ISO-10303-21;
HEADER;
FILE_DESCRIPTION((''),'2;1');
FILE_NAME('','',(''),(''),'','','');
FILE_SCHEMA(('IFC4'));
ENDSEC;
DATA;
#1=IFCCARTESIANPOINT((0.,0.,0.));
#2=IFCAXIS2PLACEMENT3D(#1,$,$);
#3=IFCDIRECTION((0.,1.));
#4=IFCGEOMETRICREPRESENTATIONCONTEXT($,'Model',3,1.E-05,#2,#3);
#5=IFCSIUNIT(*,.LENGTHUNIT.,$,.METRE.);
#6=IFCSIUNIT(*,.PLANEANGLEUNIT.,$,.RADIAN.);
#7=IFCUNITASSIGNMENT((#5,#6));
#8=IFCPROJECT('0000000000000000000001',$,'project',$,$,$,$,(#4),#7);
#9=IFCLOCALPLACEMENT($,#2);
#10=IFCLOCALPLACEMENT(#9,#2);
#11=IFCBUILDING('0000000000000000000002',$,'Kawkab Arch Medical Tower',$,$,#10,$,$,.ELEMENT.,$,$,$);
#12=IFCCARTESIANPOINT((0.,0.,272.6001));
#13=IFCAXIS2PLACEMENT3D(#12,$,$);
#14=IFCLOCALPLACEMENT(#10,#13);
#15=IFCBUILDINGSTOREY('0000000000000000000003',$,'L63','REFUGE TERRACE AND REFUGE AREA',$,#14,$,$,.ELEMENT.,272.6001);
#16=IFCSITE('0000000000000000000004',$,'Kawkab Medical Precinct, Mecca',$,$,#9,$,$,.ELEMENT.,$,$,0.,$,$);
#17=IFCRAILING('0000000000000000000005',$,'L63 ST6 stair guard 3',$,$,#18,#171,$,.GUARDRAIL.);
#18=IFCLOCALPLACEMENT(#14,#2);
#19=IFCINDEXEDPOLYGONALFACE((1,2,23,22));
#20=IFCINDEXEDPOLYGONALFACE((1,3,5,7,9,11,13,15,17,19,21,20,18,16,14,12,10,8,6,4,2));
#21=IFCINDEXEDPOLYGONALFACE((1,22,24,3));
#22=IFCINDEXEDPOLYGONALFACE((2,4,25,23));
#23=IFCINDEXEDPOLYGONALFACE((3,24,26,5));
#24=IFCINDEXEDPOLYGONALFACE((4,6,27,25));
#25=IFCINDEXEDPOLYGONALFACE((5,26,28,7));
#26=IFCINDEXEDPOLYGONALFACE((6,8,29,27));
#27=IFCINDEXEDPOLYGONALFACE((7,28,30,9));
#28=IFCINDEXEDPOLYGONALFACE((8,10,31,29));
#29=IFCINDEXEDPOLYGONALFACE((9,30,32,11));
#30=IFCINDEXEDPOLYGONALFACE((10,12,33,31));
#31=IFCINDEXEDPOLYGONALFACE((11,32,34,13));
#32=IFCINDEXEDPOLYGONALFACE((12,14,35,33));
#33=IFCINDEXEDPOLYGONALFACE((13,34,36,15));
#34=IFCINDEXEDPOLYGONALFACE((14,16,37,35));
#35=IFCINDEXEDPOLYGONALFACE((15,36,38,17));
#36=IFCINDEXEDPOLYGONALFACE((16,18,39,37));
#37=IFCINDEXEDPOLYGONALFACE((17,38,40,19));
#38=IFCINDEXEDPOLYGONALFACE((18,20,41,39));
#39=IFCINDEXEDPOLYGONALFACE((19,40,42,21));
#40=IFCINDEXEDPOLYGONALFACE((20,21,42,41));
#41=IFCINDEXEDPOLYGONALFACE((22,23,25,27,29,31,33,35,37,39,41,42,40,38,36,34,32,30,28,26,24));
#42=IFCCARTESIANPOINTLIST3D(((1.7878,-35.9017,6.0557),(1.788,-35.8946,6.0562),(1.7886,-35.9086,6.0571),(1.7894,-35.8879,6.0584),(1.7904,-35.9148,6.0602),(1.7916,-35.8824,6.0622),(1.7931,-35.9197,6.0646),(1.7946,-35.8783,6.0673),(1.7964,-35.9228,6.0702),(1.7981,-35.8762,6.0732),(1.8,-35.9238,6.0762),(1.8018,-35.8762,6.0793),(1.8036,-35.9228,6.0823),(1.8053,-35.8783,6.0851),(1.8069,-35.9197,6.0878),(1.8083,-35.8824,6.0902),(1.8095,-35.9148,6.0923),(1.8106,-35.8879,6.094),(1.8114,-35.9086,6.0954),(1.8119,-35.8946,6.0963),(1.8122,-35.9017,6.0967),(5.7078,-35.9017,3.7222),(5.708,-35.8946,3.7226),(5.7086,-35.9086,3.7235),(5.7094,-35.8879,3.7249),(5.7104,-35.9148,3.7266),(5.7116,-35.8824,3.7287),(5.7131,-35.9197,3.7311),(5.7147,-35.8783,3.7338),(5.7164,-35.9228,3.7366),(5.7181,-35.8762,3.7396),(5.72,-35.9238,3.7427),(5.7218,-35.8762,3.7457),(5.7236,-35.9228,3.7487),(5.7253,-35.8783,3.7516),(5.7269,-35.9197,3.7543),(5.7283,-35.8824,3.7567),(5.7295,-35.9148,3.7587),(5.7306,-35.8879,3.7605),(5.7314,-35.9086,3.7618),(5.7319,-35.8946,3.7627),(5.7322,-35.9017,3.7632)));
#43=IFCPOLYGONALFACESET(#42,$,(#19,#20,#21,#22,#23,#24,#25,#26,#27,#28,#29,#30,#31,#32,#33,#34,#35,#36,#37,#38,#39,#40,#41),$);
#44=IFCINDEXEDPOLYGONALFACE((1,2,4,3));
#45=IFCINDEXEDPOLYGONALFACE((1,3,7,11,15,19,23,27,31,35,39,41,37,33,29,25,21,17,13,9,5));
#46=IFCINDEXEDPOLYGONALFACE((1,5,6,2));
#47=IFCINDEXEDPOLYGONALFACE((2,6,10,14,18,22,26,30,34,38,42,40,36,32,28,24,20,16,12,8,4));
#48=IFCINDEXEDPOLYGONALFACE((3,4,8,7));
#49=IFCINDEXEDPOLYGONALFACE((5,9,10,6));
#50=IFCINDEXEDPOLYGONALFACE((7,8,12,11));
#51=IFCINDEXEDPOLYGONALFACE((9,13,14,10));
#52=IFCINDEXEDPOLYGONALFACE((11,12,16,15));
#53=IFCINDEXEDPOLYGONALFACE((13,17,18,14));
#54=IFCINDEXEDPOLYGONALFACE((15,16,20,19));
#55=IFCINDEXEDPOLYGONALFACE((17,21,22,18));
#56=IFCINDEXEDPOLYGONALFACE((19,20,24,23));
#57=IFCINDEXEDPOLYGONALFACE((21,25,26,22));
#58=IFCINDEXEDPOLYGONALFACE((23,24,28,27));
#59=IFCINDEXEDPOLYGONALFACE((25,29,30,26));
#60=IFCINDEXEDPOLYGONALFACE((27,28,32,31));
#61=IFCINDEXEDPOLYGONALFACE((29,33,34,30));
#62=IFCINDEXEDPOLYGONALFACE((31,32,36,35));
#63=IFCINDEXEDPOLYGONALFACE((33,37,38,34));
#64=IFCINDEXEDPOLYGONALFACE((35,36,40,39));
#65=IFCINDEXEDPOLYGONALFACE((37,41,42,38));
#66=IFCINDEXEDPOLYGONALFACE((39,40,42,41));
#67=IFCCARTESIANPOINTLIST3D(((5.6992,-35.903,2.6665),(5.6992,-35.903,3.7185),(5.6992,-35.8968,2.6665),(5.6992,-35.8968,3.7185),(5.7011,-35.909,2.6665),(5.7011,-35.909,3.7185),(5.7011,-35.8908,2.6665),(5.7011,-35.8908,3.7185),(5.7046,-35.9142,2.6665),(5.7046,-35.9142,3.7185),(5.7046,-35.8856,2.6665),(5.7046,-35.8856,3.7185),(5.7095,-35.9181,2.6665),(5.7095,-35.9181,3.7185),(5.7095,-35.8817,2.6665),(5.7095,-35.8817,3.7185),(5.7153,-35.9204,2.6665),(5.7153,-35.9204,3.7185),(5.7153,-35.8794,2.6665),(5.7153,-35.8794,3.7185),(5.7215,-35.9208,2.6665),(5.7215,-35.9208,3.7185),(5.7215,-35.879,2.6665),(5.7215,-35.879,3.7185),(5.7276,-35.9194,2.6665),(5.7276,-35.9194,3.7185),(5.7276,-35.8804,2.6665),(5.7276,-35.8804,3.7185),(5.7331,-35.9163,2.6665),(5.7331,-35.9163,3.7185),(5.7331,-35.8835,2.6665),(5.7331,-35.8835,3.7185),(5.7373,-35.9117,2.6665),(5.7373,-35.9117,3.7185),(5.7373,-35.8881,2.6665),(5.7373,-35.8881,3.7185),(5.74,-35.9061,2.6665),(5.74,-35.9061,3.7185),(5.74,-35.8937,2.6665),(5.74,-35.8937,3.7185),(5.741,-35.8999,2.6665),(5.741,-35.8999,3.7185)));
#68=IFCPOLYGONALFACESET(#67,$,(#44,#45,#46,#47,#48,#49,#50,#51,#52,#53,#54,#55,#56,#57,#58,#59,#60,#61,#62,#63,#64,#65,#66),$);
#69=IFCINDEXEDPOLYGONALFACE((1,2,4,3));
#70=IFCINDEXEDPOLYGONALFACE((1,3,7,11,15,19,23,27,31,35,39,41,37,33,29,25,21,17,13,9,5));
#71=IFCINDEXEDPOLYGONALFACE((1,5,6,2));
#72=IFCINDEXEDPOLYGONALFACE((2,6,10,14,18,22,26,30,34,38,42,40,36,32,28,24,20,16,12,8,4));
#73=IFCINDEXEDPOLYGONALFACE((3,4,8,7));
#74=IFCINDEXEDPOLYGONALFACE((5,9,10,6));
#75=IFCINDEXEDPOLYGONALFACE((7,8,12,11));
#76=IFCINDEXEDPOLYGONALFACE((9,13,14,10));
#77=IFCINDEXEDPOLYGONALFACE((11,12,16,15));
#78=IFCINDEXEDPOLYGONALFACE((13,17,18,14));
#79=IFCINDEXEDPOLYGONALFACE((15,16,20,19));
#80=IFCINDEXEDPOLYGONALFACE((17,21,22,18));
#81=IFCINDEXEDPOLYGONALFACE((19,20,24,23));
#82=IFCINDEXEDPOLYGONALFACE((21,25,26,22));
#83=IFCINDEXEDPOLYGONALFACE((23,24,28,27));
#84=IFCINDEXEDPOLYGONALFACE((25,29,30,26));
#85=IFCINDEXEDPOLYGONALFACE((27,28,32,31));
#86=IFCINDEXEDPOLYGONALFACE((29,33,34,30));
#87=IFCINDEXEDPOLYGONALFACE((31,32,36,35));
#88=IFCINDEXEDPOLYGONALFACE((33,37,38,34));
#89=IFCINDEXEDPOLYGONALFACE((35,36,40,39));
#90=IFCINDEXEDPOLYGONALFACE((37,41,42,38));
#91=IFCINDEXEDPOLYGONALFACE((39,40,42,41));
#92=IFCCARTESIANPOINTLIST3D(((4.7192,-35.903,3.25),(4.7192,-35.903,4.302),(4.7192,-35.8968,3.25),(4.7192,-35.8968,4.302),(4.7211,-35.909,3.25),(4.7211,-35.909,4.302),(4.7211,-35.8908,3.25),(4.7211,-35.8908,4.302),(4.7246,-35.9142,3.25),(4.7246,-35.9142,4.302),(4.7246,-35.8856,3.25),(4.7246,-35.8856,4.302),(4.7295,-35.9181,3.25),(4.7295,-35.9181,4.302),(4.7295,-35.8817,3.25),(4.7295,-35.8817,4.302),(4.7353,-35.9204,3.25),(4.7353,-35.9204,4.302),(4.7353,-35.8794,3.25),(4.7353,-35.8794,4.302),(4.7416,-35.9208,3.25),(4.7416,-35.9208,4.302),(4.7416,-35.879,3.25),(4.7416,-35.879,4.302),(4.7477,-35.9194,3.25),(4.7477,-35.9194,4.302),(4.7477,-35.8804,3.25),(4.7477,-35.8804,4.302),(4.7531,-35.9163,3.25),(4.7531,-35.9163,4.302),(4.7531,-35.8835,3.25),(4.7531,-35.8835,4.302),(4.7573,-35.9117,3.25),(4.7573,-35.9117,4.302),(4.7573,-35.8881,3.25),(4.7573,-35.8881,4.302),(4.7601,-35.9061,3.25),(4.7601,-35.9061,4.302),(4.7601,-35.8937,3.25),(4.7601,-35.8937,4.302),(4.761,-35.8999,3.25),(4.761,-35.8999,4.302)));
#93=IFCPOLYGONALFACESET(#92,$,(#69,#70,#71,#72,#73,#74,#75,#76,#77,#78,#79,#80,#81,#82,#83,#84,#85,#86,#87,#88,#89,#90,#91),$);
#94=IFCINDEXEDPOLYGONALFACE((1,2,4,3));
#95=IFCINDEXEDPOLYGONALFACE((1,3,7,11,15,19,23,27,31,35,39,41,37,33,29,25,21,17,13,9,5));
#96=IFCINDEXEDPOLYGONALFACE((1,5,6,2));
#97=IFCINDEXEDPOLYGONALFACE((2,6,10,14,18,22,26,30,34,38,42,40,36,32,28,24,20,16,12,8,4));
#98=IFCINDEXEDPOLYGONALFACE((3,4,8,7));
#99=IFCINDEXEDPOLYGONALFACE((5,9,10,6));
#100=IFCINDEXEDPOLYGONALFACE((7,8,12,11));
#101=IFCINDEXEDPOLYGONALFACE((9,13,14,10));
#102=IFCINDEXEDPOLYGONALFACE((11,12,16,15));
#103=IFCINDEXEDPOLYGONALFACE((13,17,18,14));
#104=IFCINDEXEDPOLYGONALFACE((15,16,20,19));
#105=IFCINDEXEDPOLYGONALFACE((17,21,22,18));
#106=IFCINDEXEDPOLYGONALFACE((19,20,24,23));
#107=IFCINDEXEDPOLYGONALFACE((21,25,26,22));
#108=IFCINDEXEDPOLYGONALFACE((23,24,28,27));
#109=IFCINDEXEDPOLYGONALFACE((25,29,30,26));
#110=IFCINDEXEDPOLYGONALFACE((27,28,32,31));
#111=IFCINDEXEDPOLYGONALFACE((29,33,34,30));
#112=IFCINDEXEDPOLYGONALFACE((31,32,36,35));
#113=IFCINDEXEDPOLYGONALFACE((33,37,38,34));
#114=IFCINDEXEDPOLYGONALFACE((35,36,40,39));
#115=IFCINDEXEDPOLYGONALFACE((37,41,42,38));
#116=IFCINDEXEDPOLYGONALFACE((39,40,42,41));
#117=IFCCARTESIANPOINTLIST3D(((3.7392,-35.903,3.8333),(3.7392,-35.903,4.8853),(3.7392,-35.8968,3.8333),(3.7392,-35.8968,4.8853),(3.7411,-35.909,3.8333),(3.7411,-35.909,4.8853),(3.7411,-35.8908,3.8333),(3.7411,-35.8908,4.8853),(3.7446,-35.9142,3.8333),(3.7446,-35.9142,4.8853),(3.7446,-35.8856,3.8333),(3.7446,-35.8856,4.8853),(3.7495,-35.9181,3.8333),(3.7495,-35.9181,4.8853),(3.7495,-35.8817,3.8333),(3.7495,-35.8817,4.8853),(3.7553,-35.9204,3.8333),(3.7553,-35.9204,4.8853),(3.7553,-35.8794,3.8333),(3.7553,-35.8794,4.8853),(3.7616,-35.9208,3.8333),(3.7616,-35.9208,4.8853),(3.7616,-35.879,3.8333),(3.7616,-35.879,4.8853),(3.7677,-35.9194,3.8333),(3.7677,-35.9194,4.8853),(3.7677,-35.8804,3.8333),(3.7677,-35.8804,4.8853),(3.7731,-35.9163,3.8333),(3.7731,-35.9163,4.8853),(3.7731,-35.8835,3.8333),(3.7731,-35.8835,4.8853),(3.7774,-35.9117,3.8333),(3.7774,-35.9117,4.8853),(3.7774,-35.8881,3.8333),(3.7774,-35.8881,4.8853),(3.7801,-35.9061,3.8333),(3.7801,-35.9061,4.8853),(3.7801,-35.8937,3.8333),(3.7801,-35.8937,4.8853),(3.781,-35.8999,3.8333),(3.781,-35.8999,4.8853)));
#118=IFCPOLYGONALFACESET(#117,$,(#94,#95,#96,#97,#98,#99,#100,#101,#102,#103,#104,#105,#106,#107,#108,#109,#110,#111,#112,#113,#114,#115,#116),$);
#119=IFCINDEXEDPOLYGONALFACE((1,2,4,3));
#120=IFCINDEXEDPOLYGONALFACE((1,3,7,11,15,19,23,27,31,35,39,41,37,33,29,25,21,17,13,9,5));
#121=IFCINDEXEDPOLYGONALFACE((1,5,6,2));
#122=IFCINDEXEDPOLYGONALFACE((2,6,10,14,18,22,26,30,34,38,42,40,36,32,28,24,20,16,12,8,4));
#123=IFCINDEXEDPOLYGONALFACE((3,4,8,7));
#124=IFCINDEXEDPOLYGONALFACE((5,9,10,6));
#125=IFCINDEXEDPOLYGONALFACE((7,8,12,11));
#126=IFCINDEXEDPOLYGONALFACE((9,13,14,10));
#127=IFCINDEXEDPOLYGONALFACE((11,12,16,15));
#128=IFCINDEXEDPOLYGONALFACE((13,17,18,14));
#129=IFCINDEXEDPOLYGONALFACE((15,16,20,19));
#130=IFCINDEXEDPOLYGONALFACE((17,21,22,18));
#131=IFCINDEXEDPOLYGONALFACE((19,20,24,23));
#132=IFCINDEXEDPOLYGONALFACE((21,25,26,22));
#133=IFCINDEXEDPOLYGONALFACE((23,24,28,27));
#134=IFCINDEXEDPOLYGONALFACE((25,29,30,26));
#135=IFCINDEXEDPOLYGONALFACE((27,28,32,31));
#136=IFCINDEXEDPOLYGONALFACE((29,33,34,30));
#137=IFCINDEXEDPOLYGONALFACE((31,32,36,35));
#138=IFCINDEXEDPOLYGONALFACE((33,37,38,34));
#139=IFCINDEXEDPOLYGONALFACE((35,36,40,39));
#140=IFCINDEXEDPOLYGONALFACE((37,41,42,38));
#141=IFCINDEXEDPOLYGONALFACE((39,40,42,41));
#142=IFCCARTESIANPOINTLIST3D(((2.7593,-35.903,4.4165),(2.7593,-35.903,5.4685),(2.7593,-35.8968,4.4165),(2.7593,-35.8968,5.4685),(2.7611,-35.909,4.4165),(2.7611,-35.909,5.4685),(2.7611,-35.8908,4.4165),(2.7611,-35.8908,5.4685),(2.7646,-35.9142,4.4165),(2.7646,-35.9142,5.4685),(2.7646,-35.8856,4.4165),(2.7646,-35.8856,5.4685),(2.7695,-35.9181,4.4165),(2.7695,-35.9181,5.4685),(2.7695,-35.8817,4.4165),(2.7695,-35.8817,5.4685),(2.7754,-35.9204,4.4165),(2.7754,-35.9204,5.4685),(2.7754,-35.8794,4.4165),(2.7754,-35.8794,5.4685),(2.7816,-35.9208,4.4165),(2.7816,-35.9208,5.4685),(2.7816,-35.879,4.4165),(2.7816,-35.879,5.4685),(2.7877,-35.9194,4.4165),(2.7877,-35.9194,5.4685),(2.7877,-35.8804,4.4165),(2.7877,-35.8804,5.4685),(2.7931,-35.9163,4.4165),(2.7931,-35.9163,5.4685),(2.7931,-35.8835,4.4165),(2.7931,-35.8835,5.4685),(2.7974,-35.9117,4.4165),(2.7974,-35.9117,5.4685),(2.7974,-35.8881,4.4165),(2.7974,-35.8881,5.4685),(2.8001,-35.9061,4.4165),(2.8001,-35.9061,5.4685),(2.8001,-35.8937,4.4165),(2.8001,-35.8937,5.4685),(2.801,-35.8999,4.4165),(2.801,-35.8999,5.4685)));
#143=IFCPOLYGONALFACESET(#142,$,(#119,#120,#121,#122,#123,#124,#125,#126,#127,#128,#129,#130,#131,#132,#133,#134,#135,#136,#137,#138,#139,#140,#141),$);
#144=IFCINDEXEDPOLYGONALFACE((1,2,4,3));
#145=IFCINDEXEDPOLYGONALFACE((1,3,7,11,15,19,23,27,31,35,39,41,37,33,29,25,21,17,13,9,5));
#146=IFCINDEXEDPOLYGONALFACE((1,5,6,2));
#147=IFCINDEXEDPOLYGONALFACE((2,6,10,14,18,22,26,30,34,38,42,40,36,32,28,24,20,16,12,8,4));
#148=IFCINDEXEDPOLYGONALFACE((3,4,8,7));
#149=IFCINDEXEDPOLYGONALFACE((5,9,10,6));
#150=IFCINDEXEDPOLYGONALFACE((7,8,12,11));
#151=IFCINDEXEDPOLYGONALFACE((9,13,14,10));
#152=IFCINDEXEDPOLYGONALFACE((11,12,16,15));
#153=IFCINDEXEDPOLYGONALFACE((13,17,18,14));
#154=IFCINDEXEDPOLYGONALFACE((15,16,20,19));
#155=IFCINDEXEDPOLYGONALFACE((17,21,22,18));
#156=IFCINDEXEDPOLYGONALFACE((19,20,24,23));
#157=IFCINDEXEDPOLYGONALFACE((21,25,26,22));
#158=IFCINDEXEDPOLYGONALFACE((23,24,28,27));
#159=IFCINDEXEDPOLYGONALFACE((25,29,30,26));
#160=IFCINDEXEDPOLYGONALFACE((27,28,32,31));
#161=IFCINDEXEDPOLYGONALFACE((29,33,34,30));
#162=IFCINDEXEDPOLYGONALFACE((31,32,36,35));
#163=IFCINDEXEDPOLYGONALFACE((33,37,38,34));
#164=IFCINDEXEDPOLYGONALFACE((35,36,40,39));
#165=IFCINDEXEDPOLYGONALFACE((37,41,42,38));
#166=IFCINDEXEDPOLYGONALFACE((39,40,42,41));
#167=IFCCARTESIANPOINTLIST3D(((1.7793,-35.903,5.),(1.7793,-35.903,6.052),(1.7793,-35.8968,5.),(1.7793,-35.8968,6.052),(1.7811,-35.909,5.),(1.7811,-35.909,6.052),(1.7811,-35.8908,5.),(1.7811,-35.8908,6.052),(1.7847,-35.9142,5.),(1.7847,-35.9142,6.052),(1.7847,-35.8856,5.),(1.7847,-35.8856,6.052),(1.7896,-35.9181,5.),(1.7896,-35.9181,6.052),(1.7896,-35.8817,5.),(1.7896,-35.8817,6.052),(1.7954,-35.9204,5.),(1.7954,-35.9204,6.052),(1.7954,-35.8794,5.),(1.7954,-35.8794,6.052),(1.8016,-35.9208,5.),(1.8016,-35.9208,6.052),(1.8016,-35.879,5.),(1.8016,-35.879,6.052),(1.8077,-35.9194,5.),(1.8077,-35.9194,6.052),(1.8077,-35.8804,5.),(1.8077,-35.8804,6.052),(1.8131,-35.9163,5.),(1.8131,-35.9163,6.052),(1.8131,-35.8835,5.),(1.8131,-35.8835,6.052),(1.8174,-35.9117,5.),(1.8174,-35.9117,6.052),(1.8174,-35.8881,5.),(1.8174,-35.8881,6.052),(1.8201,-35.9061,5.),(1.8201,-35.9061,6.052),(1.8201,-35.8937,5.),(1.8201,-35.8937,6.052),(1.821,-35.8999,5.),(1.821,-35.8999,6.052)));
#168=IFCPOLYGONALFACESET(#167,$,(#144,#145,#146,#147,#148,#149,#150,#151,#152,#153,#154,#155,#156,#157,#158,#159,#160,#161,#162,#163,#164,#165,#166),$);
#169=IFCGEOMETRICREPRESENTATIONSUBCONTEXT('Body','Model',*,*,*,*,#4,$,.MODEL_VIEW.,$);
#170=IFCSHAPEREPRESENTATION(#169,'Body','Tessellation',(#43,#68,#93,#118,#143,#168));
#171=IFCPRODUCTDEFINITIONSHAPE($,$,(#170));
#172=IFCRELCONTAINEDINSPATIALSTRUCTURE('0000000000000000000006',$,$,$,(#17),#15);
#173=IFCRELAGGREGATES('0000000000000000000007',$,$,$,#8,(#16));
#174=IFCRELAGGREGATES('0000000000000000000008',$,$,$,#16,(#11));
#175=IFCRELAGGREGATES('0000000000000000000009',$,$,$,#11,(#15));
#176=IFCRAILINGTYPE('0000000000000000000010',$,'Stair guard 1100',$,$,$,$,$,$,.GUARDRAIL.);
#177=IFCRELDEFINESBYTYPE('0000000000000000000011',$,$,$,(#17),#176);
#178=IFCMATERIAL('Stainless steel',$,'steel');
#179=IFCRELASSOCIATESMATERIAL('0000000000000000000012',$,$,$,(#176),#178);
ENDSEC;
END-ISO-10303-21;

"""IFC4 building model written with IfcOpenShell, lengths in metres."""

from ifc_helpers import new_model, si_unit, direction, frame, origin, origin_2d, place, context, subcontext, project, spatial, circle, extrude, material, type_object, element, save


model = new_model("IFC4")

# Units and contexts
model_context = context("Model", 3, precision=1e-05, world=origin(), true_north=direction((0.0, 1.0)))
body_context = subcontext(model_context, "Body", "Model", "MODEL_VIEW")
ifc_project = project(units=[si_unit("LENGTHUNIT", "METRE"), si_unit("PLANEANGLEUNIT", "RADIAN")], contexts=[model_context])

# Site, building, storey
site_placement = place(None, origin())
site = spatial("IfcSite", under=ifc_project, at=site_placement, Name="Kawkab Medical Precinct, Mecca", CompositionType="ELEMENT", RefElevation=0.0)
building_placement = place(site_placement, origin())
building = spatial("IfcBuilding", under=site, at=building_placement, Name="Kawkab Arch Medical Tower", CompositionType="ELEMENT")
storey_placement = place(building_placement, frame((0.0, 0.0, 272.6001)))
storey = spatial("IfcBuildingStorey", under=building, at=storey_placement, Name="L63", Description="REFUGE TERRACE AND REFUGE AREA", CompositionType="ELEMENT", Elevation=272.6001)

# Railing
ifc_material_1 = material(Name="Stainless steel", Category="steel")
railing_type = type_object("IfcRailingType", Name="Stair guard 1100", PredefinedType="GUARDRAIL", material=ifc_material_1)
railing_1_placement = place(storey_placement, frame((5.72, -35.8999, 2.6665)))
element("IfcRailing", 1, at=railing_1_placement, inside=storey, type_object=railing_type, Name="L63 ST6 stair guard 3", PredefinedType="GUARDRAIL", context=body_context, shape_type="SweptSolid", body=[
    extrude(circle(Radius=0.0239, at=origin_2d()), frame((0.0, 0.0, 1.0762), z_axis=(-0.859273, 0.0, 0.511518), x_axis=(0.0, -1.0, 0.0)), (0.0, 0.0, 1.0), 4.562),
    extrude(circle(Radius=0.021, at=origin_2d()), origin(), (0.0, 0.0, 1.0), 1.052),
    extrude(circle(Radius=0.021, at=origin_2d()), frame((-0.98, 0.0, 0.5835)), (0.0, 0.0, 1.0), 1.052),
    extrude(circle(Radius=0.021, at=origin_2d()), frame((-1.96, 0.0, 1.1667)), (0.0, 0.0, 1.0), 1.052),
    extrude(circle(Radius=0.021, at=origin_2d()), frame((-2.9399, 0.0, 1.75)), (0.0, 0.0, 1.0), 1.052),
    extrude(circle(Radius=0.021, at=origin_2d()), frame((-3.9199, 0.0, 2.3335)), (0.0, 0.0, 1.0), 1.052),
])

save(model, "model.ifc")
